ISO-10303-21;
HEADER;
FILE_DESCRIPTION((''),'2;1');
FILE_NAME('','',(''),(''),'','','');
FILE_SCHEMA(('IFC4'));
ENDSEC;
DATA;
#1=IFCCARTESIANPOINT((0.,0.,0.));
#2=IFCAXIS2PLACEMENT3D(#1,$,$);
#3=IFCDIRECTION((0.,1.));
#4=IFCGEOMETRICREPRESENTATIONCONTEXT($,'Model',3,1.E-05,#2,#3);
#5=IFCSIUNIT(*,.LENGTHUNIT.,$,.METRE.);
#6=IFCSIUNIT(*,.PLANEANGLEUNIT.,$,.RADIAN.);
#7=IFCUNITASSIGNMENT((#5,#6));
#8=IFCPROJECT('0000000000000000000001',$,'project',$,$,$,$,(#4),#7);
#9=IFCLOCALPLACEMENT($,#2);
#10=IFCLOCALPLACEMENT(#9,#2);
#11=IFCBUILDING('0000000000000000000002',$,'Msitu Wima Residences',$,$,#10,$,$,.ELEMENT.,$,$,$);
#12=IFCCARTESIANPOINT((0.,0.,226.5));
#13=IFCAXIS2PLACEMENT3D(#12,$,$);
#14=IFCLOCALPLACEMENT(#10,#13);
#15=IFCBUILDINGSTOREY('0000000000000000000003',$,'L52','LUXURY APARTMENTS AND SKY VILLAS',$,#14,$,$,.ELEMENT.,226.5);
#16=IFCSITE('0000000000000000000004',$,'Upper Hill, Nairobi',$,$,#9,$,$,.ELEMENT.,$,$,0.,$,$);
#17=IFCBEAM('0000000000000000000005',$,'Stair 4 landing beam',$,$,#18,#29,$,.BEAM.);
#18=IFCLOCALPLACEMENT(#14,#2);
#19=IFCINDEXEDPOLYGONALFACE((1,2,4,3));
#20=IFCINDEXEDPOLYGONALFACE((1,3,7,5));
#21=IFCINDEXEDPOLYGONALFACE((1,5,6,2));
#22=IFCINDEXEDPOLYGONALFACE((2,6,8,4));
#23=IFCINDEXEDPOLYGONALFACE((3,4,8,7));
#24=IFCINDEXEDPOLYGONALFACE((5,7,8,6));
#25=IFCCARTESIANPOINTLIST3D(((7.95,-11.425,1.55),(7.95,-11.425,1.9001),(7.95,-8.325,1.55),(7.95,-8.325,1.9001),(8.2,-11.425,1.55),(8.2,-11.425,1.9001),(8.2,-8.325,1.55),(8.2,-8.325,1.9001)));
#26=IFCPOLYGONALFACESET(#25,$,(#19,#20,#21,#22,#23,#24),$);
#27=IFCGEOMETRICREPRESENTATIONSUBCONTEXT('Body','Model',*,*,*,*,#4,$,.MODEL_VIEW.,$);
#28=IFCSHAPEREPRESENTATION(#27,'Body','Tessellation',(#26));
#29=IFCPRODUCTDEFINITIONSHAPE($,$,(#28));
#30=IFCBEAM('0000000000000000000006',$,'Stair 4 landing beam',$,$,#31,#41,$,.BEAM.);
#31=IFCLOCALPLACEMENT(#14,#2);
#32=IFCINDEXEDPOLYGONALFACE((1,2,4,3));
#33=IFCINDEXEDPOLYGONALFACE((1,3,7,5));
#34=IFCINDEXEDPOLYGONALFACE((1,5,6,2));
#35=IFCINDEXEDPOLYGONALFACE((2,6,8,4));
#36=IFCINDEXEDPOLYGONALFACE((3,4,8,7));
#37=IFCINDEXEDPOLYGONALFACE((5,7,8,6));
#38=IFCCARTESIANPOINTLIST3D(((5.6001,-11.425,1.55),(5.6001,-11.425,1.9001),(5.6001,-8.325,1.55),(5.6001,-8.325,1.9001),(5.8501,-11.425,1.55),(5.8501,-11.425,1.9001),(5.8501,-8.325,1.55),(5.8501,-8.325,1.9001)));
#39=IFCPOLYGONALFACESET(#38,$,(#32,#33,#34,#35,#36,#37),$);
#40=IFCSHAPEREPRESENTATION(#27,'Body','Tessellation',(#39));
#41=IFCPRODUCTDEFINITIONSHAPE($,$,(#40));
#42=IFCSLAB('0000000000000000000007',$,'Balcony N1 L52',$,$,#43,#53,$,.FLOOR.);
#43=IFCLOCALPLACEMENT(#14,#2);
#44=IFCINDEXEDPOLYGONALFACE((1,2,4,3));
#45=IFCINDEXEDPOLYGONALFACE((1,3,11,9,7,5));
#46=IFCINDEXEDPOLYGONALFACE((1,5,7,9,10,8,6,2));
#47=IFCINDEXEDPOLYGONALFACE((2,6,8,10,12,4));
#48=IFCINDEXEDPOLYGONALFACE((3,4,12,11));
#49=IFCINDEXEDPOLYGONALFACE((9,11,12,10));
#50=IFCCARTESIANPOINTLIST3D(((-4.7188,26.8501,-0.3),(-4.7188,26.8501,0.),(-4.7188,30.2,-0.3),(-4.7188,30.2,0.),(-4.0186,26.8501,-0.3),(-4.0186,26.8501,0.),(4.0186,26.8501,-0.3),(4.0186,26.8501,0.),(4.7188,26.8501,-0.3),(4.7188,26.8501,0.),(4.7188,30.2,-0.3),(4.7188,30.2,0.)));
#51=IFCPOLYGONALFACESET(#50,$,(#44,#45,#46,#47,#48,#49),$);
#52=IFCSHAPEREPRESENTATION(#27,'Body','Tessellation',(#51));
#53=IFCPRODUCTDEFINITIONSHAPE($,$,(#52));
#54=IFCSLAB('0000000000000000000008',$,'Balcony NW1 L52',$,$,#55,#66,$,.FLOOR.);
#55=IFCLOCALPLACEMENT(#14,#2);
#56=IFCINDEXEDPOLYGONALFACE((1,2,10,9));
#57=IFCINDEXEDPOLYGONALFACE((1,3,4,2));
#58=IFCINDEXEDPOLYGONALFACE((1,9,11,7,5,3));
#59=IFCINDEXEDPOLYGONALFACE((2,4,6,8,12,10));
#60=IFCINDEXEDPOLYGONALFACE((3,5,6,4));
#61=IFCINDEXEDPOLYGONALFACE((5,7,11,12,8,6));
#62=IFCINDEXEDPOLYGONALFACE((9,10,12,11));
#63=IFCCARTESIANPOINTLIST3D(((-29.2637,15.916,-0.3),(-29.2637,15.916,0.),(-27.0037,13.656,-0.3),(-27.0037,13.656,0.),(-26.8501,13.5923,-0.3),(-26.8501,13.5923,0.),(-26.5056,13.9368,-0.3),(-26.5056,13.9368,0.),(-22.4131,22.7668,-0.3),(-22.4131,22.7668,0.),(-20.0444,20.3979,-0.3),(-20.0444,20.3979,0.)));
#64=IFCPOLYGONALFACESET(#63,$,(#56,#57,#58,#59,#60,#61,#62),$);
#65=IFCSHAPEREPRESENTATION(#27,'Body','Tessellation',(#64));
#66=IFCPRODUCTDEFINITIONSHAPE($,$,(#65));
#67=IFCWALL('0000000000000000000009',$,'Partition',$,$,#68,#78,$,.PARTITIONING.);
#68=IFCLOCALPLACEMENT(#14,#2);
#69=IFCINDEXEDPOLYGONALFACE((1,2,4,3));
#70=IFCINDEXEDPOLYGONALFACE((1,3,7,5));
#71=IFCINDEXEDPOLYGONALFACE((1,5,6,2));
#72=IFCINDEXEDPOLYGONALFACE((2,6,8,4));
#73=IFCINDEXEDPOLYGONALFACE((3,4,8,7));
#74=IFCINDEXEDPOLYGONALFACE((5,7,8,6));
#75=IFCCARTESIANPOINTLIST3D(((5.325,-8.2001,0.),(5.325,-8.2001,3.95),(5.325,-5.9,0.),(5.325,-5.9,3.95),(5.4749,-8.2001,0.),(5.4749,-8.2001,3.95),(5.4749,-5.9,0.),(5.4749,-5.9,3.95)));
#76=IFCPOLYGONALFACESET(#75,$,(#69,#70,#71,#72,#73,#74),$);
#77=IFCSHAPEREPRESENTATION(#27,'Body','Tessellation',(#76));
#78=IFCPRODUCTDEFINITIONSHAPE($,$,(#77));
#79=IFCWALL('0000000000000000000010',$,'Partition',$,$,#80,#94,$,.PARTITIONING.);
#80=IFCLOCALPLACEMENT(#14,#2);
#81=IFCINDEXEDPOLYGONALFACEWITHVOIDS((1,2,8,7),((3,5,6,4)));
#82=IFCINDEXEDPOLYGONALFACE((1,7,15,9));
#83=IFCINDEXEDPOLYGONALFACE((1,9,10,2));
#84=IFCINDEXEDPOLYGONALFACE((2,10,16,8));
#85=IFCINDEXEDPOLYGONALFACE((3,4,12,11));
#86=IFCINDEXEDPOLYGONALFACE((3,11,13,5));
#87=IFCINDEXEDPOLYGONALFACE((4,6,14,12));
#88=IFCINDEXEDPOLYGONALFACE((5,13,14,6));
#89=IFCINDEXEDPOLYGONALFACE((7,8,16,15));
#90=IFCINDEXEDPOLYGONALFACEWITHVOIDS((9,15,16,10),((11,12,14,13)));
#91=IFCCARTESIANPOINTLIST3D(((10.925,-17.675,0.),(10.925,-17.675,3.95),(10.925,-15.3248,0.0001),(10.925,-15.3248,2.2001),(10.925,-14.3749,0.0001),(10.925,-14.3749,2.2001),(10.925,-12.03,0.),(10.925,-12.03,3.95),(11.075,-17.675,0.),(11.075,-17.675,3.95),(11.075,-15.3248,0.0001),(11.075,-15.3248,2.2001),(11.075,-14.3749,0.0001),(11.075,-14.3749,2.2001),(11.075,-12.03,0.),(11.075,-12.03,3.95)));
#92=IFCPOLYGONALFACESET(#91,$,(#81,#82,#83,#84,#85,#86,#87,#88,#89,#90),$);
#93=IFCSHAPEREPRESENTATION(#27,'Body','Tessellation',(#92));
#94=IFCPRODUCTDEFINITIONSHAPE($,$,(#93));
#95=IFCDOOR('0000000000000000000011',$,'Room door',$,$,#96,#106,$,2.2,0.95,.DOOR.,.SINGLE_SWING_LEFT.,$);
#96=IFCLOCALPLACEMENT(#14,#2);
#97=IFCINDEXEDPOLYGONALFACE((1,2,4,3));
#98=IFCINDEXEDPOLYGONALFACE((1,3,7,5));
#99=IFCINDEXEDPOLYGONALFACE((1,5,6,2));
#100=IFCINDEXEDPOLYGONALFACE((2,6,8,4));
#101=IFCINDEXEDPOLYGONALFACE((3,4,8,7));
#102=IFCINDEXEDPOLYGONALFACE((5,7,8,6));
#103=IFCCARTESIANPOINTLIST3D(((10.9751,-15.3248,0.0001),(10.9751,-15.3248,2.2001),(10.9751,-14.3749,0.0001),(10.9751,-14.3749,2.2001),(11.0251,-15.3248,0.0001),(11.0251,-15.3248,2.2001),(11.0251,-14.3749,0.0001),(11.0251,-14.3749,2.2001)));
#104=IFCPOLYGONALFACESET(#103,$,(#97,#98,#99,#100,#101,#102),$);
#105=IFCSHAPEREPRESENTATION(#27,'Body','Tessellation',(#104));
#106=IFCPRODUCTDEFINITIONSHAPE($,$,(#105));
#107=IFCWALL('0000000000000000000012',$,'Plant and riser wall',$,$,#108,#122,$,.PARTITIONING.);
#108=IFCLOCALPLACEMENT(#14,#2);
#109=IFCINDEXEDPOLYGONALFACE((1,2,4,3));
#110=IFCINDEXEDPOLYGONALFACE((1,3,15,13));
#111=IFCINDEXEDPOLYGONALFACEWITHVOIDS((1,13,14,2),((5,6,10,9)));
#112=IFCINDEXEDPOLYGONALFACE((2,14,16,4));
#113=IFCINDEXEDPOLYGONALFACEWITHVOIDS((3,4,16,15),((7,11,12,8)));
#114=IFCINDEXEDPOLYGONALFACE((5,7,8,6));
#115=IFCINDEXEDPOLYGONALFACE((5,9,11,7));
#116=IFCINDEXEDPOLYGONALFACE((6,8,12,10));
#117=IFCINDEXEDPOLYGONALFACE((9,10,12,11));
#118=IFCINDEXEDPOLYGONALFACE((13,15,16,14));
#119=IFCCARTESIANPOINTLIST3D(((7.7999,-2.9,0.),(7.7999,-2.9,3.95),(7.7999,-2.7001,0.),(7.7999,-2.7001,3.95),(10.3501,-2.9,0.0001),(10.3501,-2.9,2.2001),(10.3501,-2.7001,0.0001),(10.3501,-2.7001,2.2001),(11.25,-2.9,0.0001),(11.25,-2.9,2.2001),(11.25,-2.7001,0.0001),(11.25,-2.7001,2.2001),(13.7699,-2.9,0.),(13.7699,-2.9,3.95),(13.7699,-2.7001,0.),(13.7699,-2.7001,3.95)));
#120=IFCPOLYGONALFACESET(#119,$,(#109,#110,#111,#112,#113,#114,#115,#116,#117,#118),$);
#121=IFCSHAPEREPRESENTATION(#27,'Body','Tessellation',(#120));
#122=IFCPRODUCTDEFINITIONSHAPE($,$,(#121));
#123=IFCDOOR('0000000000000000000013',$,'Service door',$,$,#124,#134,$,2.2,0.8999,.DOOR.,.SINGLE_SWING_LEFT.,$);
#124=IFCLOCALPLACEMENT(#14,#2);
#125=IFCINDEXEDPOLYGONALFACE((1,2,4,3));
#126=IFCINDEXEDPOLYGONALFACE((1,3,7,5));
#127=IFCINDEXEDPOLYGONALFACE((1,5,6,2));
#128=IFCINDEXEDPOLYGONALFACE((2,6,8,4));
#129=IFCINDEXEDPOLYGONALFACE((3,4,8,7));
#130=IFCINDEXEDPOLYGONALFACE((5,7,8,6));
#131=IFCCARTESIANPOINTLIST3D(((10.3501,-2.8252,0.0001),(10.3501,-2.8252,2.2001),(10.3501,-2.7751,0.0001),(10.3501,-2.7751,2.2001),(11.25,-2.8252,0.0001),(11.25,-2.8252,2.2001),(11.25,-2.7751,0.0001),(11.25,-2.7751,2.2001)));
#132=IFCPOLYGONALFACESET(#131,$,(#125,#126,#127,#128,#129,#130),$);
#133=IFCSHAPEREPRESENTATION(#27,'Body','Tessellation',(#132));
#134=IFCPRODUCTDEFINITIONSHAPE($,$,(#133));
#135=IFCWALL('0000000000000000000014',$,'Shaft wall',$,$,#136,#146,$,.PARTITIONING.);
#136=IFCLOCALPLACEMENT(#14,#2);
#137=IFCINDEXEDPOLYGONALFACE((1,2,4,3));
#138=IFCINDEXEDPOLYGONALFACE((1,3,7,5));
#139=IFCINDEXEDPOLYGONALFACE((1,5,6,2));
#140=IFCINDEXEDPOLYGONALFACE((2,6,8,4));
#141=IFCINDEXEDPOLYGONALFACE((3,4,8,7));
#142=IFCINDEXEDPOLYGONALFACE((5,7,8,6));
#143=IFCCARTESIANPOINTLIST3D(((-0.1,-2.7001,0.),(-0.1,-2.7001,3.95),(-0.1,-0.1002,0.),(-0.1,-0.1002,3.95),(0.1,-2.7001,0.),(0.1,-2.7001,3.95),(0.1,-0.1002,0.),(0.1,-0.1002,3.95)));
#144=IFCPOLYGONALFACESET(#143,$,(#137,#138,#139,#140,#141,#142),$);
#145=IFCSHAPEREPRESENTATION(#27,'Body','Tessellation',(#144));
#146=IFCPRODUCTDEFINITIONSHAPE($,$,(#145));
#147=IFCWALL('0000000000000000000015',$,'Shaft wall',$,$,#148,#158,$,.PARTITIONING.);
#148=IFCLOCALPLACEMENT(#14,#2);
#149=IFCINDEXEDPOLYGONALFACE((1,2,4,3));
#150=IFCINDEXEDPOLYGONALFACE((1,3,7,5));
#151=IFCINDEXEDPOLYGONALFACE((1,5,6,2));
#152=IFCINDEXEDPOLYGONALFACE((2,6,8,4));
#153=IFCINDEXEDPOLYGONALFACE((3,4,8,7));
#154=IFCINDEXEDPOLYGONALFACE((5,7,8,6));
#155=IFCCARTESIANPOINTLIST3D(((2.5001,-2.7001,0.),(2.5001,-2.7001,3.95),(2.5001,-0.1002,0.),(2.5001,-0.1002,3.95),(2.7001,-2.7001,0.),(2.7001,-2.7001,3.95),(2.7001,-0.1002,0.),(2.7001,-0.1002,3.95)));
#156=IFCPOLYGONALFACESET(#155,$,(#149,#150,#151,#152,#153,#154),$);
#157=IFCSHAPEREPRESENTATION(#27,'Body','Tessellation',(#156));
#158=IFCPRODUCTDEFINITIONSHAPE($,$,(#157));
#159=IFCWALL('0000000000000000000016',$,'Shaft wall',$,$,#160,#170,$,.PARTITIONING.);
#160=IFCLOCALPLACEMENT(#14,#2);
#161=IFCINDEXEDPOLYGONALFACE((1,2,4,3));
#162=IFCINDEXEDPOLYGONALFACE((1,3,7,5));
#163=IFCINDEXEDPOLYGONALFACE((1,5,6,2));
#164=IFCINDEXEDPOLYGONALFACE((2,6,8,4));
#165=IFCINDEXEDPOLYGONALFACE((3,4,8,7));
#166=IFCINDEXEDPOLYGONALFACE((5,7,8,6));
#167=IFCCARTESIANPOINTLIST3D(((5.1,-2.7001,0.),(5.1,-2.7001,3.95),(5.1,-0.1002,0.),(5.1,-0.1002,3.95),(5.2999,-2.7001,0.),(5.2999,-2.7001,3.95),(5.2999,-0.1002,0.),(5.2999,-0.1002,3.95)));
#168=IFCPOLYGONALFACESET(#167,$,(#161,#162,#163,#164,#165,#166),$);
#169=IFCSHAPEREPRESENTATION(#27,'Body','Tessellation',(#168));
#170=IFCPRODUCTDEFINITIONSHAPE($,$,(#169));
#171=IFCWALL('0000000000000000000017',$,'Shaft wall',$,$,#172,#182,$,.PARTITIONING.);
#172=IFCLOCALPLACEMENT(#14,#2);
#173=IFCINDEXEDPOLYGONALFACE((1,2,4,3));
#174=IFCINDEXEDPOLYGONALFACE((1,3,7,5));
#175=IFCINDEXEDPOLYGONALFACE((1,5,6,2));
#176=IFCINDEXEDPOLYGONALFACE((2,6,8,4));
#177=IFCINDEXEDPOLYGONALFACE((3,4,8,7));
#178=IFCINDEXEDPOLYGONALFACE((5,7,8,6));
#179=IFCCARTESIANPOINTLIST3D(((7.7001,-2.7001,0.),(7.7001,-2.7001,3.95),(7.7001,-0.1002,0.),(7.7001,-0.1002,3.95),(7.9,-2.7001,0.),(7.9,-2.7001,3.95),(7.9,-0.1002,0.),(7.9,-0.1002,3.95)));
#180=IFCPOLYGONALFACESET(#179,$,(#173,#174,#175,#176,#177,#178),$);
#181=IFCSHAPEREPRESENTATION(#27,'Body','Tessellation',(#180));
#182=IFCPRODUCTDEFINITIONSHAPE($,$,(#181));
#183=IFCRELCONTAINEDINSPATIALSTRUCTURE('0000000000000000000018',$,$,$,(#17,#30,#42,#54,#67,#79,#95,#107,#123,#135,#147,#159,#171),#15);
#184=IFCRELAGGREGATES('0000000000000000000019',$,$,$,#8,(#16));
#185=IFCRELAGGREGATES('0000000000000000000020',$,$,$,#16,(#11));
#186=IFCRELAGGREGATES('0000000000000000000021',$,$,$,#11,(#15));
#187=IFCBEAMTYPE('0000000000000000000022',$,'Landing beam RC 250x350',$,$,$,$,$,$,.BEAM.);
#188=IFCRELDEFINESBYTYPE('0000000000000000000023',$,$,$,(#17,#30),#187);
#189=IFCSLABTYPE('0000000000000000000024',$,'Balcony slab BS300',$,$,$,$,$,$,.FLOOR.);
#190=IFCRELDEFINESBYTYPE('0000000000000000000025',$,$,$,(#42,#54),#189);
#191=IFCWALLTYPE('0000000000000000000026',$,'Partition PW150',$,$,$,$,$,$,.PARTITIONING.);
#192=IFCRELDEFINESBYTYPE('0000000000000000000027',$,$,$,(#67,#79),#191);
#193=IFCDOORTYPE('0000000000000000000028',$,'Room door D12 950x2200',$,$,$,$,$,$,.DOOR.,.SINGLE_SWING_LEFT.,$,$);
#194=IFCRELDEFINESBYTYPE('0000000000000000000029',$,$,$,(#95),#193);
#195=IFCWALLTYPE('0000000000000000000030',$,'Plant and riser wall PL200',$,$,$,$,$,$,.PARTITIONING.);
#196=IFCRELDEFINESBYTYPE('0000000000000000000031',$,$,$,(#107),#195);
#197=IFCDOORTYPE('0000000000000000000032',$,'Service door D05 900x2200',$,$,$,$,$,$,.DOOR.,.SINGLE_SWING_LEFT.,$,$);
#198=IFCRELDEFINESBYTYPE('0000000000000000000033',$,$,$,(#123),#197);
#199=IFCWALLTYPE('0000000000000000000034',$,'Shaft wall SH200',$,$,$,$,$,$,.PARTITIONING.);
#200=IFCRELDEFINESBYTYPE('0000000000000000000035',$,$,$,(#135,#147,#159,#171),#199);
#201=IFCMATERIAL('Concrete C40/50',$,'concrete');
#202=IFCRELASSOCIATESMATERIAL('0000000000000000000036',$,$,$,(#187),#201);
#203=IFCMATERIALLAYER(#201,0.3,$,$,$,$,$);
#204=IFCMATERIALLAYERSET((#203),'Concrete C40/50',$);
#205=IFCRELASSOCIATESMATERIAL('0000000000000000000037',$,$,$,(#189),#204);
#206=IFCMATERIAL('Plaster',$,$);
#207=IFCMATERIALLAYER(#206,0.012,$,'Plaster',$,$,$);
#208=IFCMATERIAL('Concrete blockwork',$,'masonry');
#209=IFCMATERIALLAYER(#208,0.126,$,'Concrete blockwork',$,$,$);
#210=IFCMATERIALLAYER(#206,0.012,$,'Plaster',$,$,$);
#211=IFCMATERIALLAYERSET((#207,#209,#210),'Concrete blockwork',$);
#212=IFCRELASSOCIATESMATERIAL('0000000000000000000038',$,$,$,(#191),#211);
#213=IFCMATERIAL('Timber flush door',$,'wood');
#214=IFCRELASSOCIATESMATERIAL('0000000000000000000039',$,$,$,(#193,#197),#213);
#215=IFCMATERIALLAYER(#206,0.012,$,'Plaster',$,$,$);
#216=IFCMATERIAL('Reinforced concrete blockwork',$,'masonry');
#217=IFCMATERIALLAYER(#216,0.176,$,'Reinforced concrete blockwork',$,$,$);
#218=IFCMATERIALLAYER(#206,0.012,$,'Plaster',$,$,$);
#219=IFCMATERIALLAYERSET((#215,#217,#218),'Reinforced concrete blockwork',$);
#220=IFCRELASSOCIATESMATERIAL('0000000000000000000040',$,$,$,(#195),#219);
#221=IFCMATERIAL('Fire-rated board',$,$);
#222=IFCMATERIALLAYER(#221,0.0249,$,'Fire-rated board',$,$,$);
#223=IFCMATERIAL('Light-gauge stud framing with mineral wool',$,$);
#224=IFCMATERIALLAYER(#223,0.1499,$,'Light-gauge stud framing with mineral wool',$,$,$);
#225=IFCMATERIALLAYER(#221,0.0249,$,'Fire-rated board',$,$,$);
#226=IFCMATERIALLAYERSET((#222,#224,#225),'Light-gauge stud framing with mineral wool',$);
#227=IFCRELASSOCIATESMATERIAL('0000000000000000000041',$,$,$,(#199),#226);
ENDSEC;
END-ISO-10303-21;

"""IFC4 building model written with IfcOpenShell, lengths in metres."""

from ifc_helpers import new_model, si_unit, direction, frame, frame_2d, origin, origin_2d, place, context, subcontext, project, spatial, polyline, rectangle, outline, extrude, material, layer, layer_set, material_profile, profile_set, type_object, element, fill, save


model = new_model("IFC4")

# Units and contexts
model_context = context("Model", 3, precision=1e-05, world=origin(), true_north=direction((0.0, 1.0)))
body_context = subcontext(model_context, "Body", "Model", "MODEL_VIEW")
ifc_project = project(units=[si_unit("LENGTHUNIT", "METRE"), si_unit("PLANEANGLEUNIT", "RADIAN")], contexts=[model_context])

# Site, building, storey
site_placement = place(None, origin())
site = spatial("IfcSite", under=ifc_project, at=site_placement, Name="Upper Hill, Nairobi", CompositionType="ELEMENT", RefElevation=0.0)
building_placement = place(site_placement, origin())
building = spatial("IfcBuilding", under=site, at=building_placement, Name="Msitu Wima Residences", CompositionType="ELEMENT")
storey_placement = place(building_placement, frame((0.0, 0.0, 226.5)))
storey = spatial("IfcBuildingStorey", under=building, at=storey_placement, Name="L52", Description="LUXURY APARTMENTS AND SKY VILLAS", CompositionType="ELEMENT", Elevation=226.5)

# Beams
ifc_material_1 = material(Name="Concrete C40/50", Category="concrete")
ifc_material_profile = material_profile(ifc_material_1, rectangle(XDim=0.25, YDim=0.3501, at=origin_2d()), Name="RC 250x350")
ifc_profile_set = profile_set([ifc_material_profile], Name="Concrete C40/50")
beam_type = type_object("IfcBeamType", Name="Landing beam RC 250x350", PredefinedType="BEAM", material=ifc_profile_set)
for number, where, z_axis, x_axis, name in (
    (1, (8.075, -11.425, 1.7251), (0.0, 1.0, 0.0), (-1.0, 0.0, 0.0), "Stair 4 landing beam"),
    (2, (5.7251, -11.425, 1.7251), (0.0, 1.0, 0.0), (-1.0, 0.0, 0.0), "Stair 4 landing beam"),
):
    element("IfcBeam", number, at=place(storey_placement, frame(where, z_axis=z_axis, x_axis=x_axis)), inside=storey, type_object=beam_type, Name=name, PredefinedType="BEAM", context=body_context, shape_type="SweptSolid", body=[
        extrude(rectangle(XDim=0.25, YDim=0.3501, at=origin_2d()), origin(), (0.0, 0.0, 1.0), 3.1001),
    ])

# Slabs
ifc_layer_1 = layer(ifc_material_1, 0.3)
ifc_layer_set_1 = layer_set([ifc_layer_1], Name="Concrete C40/50")
slab_type = type_object("IfcSlabType", Name="Balcony slab BS300", PredefinedType="FLOOR", material=ifc_layer_set_1)
slab_1_placement = place(storey_placement, frame((0.0, 0.0, -0.3)))
element("IfcSlab", 3, at=slab_1_placement, inside=storey, type_object=slab_type, Name="Balcony N1 L52", PredefinedType="FLOOR", context=body_context, shape_type="SweptSolid", body=[
    extrude(outline(polyline([(4.0186, 26.8501), (-4.0186, 26.8501), (-4.7188, 26.8501), (-4.7188, 30.2), (4.7188, 30.2), (4.7188, 26.8501), (4.0186, 26.8501)])), origin(), (0.0, 0.0, 1.0), 0.3),
])
slab_2_placement = place(storey_placement, frame((0.0, 0.0, -0.3)))
element("IfcSlab", 4, at=slab_2_placement, inside=storey, type_object=slab_type, Name="Balcony NW1 L52", PredefinedType="FLOOR", context=body_context, shape_type="SweptSolid", body=[
    extrude(outline(polyline([(-26.5056, 13.9368), (-26.5056, 13.9368), (-26.8501, 13.5923), (-27.0037, 13.656), (-29.2637, 15.916), (-22.4131, 22.7668), (-20.0444, 20.3979), (-26.5056, 13.9368), (-26.5056, 13.9368)])), origin(), (0.0, 0.0, 1.0), 0.3),
])

# Wall
ifc_material_2 = material(Name="Plaster")
ifc_layer_2 = layer(ifc_material_2, 0.012, Name="Plaster")
ifc_material_3 = material(Name="Concrete blockwork", Category="masonry")
ifc_layer_3 = layer(ifc_material_3, 0.126, Name="Concrete blockwork")
ifc_layer_4 = layer(ifc_material_2, 0.012, Name="Plaster")
ifc_layer_set_2 = layer_set([ifc_layer_2, ifc_layer_3, ifc_layer_4], Name="Concrete blockwork")
wall_type_1 = type_object("IfcWallType", Name="Partition PW150", PredefinedType="PARTITIONING", material=ifc_layer_set_2)
wall_1_placement = place(storey_placement, frame((5.3999, -8.2, 0.0), z_axis=(0.0, 0.0, 1.0), x_axis=(0.0, 1.0, 0.0)))
element("IfcWall", 5, at=wall_1_placement, inside=storey, type_object=wall_type_1, Name="Partition", PredefinedType="PARTITIONING", context=body_context, shape_type="SweptSolid", body=[
    extrude(rectangle(XDim=2.3, YDim=0.1499, at=frame_2d((1.1499, 0.0))), origin(), (0.0, 0.0, 1.0), 3.95),
])

# Walls, openings, doors
wall_2_placement = place(storey_placement, frame((11.0, -17.675, 0.0), z_axis=(0.0, 0.0, 1.0), x_axis=(0.0, 1.0, 0.0)))
wall_2 = element("IfcWall", 6, at=wall_2_placement, inside=storey, type_object=wall_type_1, Name="Partition", PredefinedType="PARTITIONING", context=body_context, shape_type="SweptSolid", body=[
    extrude(rectangle(XDim=5.645, YDim=0.1499, at=frame_2d((2.8225, 0.0))), origin(), (0.0, 0.0, 1.0), 3.95),
])
opening_1_placement = place(wall_2_placement, frame((2.3501, 0.0, 0.0)))
opening_1 = element("IfcOpeningElement", 7, at=opening_1_placement, cuts=wall_2, PredefinedType="OPENING", context=body_context, shape_type="SweptSolid", body=[
    extrude(rectangle(XDim=0.95, YDim=2.2, at=frame_2d((0.4751, 1.1001))), frame((0.0, 0.085, 0.0), z_axis=(0.0, -1.0, 0.0), x_axis=(1.0, 0.0, 0.0)), (0.0, 0.0, 1.0), 0.1699),
])
ifc_material_4 = material(Name="Timber flush door", Category="wood")
door_type_1 = type_object("IfcDoorType", Name="Room door D12 950x2200", OperationType="SINGLE_SWING_LEFT", PredefinedType="DOOR", material=ifc_material_4)
door_1_placement = place(opening_1_placement, origin())
door_1 = element("IfcDoor", 8, at=door_1_placement, inside=storey, type_object=door_type_1, Name="Room door", OperationType="SINGLE_SWING_LEFT", OverallHeight=2.2, OverallWidth=0.95, PredefinedType="DOOR", context=body_context, shape_type="SweptSolid", body=[
    extrude(rectangle(XDim=0.95, YDim=2.2, at=frame_2d((0.4751, 1.1001))), frame((0.0, 0.0249, 0.0), z_axis=(0.0, -1.0, 0.0), x_axis=(1.0, 0.0, 0.0)), (0.0, 0.0, 1.0), 0.05),
])
fill(opening_1, door_1)
ifc_layer_5 = layer(ifc_material_2, 0.012, Name="Plaster")
ifc_material_5 = material(Name="Reinforced concrete blockwork", Category="masonry")
ifc_layer_6 = layer(ifc_material_5, 0.176, Name="Reinforced concrete blockwork")
ifc_layer_7 = layer(ifc_material_2, 0.012, Name="Plaster")
ifc_layer_set_3 = layer_set([ifc_layer_5, ifc_layer_6, ifc_layer_7], Name="Reinforced concrete blockwork")
wall_type_2 = type_object("IfcWallType", Name="Plant and riser wall PL200", PredefinedType="PARTITIONING", material=ifc_layer_set_3)
wall_3_placement = place(storey_placement, frame((7.8, -2.8, 0.0), z_axis=(0.0, 0.0, 1.0), x_axis=(1.0, 0.0, 0.0)))
wall_3 = element("IfcWall", 9, at=wall_3_placement, inside=storey, type_object=wall_type_2, Name="Plant and riser wall", PredefinedType="PARTITIONING", context=body_context, shape_type="SweptSolid", body=[
    extrude(rectangle(XDim=5.97, YDim=0.2, at=frame_2d((2.9849, 0.0))), origin(), (0.0, 0.0, 1.0), 3.95),
])
opening_2_placement = place(wall_3_placement, frame((2.55, 0.0, 0.0)))
opening_2 = element("IfcOpeningElement", 10, at=opening_2_placement, cuts=wall_3, PredefinedType="OPENING", context=body_context, shape_type="SweptSolid", body=[
    extrude(rectangle(XDim=0.8999, YDim=2.2, at=frame_2d((0.45, 1.1001))), frame((0.0, 0.1099, 0.0), z_axis=(0.0, -1.0, 0.0), x_axis=(1.0, 0.0, 0.0)), (0.0, 0.0, 1.0), 0.22),
])
door_type_2 = type_object("IfcDoorType", Name="Service door D05 900x2200", OperationType="SINGLE_SWING_LEFT", PredefinedType="DOOR", material=ifc_material_4)
door_2_placement = place(opening_2_placement, origin())
door_2 = element("IfcDoor", 11, at=door_2_placement, inside=storey, type_object=door_type_2, Name="Service door", OperationType="SINGLE_SWING_LEFT", OverallHeight=2.2, OverallWidth=0.8999, PredefinedType="DOOR", context=body_context, shape_type="SweptSolid", body=[
    extrude(rectangle(XDim=0.8999, YDim=2.2, at=frame_2d((0.45, 1.1001))), frame((0.0, 0.0249, 0.0), z_axis=(0.0, -1.0, 0.0), x_axis=(1.0, 0.0, 0.0)), (0.0, 0.0, 1.0), 0.05),
])
fill(opening_2, door_2)

# Walls
ifc_material_6 = material(Name="Fire-rated board")
ifc_layer_8 = layer(ifc_material_6, 0.0249, Name="Fire-rated board")
ifc_material_7 = material(Name="Light-gauge stud framing with mineral wool")
ifc_layer_9 = layer(ifc_material_7, 0.1499, Name="Light-gauge stud framing with mineral wool")
ifc_layer_10 = layer(ifc_material_6, 0.0249, Name="Fire-rated board")
ifc_layer_set_4 = layer_set([ifc_layer_8, ifc_layer_9, ifc_layer_10], Name="Light-gauge stud framing with mineral wool")
wall_type_3 = type_object("IfcWallType", Name="Shaft wall SH200", PredefinedType="PARTITIONING", material=ifc_layer_set_4)
for number, where, z_axis, x_axis, name in (
    (12, (0.0, -2.7, 0.0), (0.0, 0.0, 1.0), (0.0, 1.0, 0.0), "Shaft wall"),
    (13, (2.6001, -2.7, 0.0), (0.0, 0.0, 1.0), (0.0, 1.0, 0.0), "Shaft wall"),
    (14, (5.2, -2.7, 0.0), (0.0, 0.0, 1.0), (0.0, 1.0, 0.0), "Shaft wall"),
    (15, (7.8, -2.7, 0.0), (0.0, 0.0, 1.0), (0.0, 1.0, 0.0), "Shaft wall"),
):
    element("IfcWall", number, at=place(storey_placement, frame(where, z_axis=z_axis, x_axis=x_axis)), inside=storey, type_object=wall_type_3, Name=name, PredefinedType="PARTITIONING", context=body_context, shape_type="SweptSolid", body=[
        extrude(rectangle(XDim=2.5999, YDim=0.2, at=frame_2d((1.2998, 0.0))), origin(), (0.0, 0.0, 1.0), 3.95),
    ])

save(model, "model.ifc")
